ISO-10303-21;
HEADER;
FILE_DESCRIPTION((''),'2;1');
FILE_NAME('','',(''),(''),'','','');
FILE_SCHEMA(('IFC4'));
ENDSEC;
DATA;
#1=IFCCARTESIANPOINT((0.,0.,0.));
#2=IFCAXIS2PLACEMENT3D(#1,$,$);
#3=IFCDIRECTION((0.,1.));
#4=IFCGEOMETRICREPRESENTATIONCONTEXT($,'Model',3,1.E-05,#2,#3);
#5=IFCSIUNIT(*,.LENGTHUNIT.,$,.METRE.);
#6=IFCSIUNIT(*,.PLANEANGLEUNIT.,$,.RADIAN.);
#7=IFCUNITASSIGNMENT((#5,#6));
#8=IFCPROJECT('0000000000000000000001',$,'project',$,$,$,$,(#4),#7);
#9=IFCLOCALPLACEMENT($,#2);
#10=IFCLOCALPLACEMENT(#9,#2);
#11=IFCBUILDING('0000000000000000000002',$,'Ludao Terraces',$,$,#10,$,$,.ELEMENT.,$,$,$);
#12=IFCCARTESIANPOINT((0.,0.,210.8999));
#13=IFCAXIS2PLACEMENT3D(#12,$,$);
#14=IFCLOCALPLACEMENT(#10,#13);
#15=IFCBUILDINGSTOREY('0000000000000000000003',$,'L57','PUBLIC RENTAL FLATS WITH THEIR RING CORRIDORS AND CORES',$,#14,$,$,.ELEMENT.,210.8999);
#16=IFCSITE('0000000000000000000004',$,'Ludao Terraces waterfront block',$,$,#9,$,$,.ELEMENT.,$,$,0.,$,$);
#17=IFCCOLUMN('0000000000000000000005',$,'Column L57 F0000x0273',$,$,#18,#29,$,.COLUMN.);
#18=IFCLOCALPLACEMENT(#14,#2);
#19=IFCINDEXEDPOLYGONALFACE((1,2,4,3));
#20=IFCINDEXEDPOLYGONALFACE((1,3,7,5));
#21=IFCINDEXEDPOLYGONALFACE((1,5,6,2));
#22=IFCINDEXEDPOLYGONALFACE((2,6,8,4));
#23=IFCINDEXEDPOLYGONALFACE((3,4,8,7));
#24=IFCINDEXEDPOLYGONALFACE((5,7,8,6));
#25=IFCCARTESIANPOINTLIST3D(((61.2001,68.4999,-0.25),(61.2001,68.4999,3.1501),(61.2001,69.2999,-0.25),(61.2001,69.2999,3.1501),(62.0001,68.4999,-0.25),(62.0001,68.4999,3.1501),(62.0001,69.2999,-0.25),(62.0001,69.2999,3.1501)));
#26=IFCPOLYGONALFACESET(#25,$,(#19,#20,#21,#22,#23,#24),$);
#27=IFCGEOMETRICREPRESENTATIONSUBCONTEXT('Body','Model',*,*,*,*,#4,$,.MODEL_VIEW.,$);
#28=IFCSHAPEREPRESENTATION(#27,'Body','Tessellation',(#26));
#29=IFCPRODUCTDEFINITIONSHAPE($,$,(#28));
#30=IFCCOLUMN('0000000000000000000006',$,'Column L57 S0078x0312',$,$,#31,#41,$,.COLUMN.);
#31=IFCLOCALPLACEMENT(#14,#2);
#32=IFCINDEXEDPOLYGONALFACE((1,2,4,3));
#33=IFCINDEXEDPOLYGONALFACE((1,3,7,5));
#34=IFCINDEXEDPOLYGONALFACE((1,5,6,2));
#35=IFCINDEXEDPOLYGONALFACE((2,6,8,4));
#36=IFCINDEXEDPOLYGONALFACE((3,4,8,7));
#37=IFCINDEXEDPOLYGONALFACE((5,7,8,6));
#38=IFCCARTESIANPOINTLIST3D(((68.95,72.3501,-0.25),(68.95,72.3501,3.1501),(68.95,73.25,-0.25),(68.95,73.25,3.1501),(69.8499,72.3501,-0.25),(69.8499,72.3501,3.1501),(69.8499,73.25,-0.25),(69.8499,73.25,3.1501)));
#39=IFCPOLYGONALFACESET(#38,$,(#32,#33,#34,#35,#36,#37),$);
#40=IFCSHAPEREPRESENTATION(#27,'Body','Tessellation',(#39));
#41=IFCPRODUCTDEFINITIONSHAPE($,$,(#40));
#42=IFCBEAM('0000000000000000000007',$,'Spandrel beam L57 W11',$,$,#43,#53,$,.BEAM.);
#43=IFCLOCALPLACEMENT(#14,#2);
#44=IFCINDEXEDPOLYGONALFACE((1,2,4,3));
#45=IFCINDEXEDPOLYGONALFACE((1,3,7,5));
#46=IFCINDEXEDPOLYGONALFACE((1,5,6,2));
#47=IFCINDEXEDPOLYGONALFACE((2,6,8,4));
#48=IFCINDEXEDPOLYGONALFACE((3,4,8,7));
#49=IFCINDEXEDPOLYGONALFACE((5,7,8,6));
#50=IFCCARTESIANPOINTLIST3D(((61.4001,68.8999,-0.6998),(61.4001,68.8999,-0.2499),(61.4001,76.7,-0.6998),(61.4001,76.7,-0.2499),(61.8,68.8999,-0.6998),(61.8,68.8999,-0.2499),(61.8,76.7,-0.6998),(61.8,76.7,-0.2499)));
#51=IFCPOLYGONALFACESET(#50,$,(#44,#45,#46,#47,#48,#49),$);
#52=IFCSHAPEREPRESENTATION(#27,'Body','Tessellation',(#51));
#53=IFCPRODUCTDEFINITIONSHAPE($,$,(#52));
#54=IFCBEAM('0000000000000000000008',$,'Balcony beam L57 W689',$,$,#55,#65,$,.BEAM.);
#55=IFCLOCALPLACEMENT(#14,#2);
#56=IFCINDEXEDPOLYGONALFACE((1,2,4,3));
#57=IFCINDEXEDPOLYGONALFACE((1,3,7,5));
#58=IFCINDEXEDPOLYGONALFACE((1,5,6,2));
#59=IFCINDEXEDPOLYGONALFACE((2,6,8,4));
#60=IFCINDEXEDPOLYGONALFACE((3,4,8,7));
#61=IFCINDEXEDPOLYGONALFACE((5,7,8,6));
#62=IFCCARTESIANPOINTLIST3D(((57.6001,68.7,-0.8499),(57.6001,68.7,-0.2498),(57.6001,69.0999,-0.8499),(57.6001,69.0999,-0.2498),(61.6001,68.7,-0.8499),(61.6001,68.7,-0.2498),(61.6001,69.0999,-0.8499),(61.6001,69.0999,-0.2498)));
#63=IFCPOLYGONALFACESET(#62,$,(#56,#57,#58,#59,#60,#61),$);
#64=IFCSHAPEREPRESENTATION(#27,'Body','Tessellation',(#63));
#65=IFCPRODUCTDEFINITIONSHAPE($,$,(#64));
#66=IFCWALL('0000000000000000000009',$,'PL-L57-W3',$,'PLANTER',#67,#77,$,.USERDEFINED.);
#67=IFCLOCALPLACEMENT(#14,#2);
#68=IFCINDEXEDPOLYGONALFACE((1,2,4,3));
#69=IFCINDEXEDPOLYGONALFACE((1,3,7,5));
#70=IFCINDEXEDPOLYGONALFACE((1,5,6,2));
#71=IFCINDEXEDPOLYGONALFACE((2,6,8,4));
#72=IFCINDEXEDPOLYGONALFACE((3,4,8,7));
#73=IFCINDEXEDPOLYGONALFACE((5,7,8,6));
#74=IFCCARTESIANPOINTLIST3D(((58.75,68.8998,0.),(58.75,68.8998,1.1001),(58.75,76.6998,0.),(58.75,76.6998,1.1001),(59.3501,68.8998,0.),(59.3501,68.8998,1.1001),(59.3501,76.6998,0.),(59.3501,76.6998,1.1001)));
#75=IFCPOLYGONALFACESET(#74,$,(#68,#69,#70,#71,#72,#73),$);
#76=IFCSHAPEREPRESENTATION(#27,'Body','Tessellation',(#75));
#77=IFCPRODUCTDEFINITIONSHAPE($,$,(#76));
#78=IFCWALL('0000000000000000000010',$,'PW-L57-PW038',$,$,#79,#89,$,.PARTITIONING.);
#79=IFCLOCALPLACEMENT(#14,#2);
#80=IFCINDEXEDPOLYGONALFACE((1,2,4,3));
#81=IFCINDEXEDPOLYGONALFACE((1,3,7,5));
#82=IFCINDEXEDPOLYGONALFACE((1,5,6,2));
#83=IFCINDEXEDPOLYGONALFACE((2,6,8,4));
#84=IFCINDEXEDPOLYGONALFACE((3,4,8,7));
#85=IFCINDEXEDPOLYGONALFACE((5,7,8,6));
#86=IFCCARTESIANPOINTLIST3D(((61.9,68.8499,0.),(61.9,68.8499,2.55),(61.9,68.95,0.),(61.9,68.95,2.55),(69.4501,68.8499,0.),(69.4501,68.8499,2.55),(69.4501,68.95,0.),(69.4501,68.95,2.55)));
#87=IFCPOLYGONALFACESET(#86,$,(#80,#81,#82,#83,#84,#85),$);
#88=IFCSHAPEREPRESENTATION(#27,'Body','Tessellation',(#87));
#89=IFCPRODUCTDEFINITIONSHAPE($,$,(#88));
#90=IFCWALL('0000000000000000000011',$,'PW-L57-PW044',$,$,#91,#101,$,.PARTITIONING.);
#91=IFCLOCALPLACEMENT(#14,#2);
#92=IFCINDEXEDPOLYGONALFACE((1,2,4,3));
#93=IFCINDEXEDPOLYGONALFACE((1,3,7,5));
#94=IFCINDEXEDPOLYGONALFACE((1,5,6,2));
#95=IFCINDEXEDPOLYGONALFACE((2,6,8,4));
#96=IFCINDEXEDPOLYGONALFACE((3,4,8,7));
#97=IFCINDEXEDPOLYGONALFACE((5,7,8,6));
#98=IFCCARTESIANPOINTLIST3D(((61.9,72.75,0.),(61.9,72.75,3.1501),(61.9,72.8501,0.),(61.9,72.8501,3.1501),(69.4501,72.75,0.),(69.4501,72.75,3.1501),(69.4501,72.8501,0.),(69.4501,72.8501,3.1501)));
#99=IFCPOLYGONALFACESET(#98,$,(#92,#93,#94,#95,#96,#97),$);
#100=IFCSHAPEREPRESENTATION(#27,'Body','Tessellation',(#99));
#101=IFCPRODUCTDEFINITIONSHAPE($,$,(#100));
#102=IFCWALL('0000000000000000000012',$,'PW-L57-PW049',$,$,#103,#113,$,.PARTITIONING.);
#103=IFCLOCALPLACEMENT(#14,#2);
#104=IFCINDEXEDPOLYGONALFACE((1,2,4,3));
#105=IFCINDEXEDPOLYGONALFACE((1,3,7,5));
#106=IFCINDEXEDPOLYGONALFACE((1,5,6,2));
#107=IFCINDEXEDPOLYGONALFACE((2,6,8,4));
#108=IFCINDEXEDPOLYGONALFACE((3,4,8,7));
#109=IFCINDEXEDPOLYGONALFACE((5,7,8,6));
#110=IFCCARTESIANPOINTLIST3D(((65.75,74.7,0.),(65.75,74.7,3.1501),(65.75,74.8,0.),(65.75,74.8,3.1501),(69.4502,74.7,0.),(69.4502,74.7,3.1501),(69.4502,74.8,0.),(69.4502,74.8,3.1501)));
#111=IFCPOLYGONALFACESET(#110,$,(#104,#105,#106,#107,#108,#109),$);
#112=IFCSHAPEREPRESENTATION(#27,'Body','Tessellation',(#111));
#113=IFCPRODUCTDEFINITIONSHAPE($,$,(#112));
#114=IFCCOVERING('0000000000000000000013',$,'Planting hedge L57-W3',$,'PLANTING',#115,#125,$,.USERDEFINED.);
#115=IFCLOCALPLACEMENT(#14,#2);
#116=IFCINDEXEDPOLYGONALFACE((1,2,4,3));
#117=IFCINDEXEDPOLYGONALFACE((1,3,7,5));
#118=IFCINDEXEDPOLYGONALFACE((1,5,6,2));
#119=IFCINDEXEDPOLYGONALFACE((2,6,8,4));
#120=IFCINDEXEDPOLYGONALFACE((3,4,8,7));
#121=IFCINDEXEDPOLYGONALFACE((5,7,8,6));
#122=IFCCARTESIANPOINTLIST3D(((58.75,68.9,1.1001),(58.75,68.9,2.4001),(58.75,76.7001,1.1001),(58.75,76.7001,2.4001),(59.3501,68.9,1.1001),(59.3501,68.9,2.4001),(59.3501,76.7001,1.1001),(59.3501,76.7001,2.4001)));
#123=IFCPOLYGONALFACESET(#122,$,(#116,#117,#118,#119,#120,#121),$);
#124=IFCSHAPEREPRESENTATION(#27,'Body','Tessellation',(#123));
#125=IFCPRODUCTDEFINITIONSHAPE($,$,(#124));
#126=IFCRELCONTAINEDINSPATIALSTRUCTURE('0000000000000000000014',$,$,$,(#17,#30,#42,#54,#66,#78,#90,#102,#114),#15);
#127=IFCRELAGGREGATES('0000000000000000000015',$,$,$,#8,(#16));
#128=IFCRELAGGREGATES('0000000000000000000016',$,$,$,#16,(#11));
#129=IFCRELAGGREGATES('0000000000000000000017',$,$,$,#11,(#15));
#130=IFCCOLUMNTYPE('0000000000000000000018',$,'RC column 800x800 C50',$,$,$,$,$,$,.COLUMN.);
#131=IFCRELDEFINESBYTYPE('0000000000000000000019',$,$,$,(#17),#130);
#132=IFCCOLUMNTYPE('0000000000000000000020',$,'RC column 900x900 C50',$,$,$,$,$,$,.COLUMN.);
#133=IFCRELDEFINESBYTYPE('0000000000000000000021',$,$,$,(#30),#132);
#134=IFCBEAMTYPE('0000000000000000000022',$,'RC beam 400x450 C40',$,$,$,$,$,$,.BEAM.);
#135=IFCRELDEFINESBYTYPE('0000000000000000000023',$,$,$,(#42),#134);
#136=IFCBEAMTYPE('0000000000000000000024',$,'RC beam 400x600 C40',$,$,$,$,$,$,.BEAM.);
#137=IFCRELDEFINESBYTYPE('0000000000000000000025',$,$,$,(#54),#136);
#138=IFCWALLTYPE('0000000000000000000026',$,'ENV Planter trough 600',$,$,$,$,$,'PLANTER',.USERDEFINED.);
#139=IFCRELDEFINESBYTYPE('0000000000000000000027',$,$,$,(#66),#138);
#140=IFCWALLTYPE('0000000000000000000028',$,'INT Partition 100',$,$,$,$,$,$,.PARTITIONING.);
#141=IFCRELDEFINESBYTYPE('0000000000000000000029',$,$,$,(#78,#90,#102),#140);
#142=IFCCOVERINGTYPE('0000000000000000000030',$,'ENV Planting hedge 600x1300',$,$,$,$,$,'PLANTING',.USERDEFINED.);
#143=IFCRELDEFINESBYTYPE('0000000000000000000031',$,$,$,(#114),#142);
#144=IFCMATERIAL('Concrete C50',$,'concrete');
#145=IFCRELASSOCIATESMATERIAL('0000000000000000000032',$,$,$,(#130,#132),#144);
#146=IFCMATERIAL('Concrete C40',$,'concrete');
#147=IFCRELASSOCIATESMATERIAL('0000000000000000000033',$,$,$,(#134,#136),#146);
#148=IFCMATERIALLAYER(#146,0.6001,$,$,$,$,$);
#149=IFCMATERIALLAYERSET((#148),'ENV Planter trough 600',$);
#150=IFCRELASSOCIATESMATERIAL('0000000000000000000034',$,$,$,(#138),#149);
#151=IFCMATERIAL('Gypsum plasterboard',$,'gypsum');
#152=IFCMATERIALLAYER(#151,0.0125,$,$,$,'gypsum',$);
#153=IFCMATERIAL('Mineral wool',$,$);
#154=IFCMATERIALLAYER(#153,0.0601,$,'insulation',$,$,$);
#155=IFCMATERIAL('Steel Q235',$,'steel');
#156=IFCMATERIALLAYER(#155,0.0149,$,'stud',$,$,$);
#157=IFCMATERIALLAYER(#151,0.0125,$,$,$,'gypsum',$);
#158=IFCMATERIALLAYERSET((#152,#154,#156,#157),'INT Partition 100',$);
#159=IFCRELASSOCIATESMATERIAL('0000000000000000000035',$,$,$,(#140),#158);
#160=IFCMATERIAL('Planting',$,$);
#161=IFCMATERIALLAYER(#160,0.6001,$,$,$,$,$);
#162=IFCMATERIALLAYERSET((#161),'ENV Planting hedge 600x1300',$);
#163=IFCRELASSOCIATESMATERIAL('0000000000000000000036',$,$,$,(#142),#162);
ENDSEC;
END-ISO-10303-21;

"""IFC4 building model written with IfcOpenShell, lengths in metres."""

from ifc_helpers import new_model, si_unit, direction, frame, frame_2d, origin, origin_2d, place, context, subcontext, project, spatial, rectangle, extrude, material, layer, layer_set, material_profile, profile_set, type_object, element, save


model = new_model("IFC4")

# Units and contexts
model_context = context("Model", 3, precision=1e-05, world=origin(), true_north=direction((0.0, 1.0)))
body_context = subcontext(model_context, "Body", "Model", "MODEL_VIEW")
ifc_project = project(units=[si_unit("LENGTHUNIT", "METRE"), si_unit("PLANEANGLEUNIT", "RADIAN")], contexts=[model_context])

# Site, building, storey
site_placement = place(None, origin())
site = spatial("IfcSite", under=ifc_project, at=site_placement, Name="Ludao Terraces waterfront block", CompositionType="ELEMENT", RefElevation=0.0)
building_placement = place(site_placement, origin())
building = spatial("IfcBuilding", under=site, at=building_placement, Name="Ludao Terraces", CompositionType="ELEMENT")
storey_placement = place(building_placement, frame((0.0, 0.0, 210.8999)))
storey = spatial("IfcBuildingStorey", under=building, at=storey_placement, Name="L57", Description="PUBLIC RENTAL FLATS WITH THEIR RING CORRIDORS AND CORES", CompositionType="ELEMENT", Elevation=210.8999)

# Columns
ifc_material_1 = material(Name="Concrete C50", Category="concrete")
ifc_material_profile_1 = material_profile(ifc_material_1, rectangle(XDim=0.8, YDim=0.8, at=origin_2d()), Name="800 X 800")
ifc_profile_set_1 = profile_set([ifc_material_profile_1], Name="Concrete C50")
column_type_1 = type_object("IfcColumnType", Name="RC column 800x800 C50", PredefinedType="COLUMN", material=ifc_profile_set_1)
column_1_placement = place(storey_placement, frame((61.6001, 68.8999, -0.25), z_axis=(0.0, 0.0, 1.0), x_axis=(1.0, 0.0, 0.0)))
element("IfcColumn", 1, at=column_1_placement, inside=storey, type_object=column_type_1, Name="Column L57 F0000x0273", PredefinedType="COLUMN", context=body_context, shape_type="SweptSolid", body=[
    extrude(rectangle(XDim=0.8, YDim=0.8, at=origin_2d()), origin(), (0.0, 0.0, 1.0), 3.4001),
])
ifc_material_profile_2 = material_profile(ifc_material_1, rectangle(XDim=0.8999, YDim=0.8999, at=origin_2d()), Name="900 X 900")
ifc_profile_set_2 = profile_set([ifc_material_profile_2], Name="Concrete C50")
column_type_2 = type_object("IfcColumnType", Name="RC column 900x900 C50", PredefinedType="COLUMN", material=ifc_profile_set_2)
column_2_placement = place(storey_placement, frame((69.3999, 72.8, -0.25), z_axis=(0.0, 0.0, 1.0), x_axis=(1.0, 0.0, 0.0)))
element("IfcColumn", 2, at=column_2_placement, inside=storey, type_object=column_type_2, Name="Column L57 S0078x0312", PredefinedType="COLUMN", context=body_context, shape_type="SweptSolid", body=[
    extrude(rectangle(XDim=0.8999, YDim=0.8999, at=origin_2d()), origin(), (0.0, 0.0, 1.0), 3.4001),
])

# Beams
ifc_material_2 = material(Name="Concrete C40", Category="concrete")
ifc_material_profile_3 = material_profile(ifc_material_2, rectangle(XDim=0.3999, YDim=0.45, at=origin_2d()), Name="400 X 450")
ifc_profile_set_3 = profile_set([ifc_material_profile_3], Name="Concrete C40")
beam_type_1 = type_object("IfcBeamType", Name="RC beam 400x450 C40", PredefinedType="BEAM", material=ifc_profile_set_3)
beam_1_placement = place(storey_placement, frame((61.6001, 68.8999, -0.4749), z_axis=(0.0, 1.0, 0.0), x_axis=(-1.0, 0.0, 0.0)))
element("IfcBeam", 3, at=beam_1_placement, inside=storey, type_object=beam_type_1, Name="Spandrel beam L57 W11", PredefinedType="BEAM", context=body_context, shape_type="SweptSolid", body=[
    extrude(rectangle(XDim=0.3999, YDim=0.45, at=origin_2d()), origin(), (0.0, 0.0, 1.0), 7.8),
])
ifc_material_profile_4 = material_profile(ifc_material_2, rectangle(XDim=0.3999, YDim=0.6001, at=origin_2d()), Name="400 X 600")
ifc_profile_set_4 = profile_set([ifc_material_profile_4], Name="Concrete C40")
beam_type_2 = type_object("IfcBeamType", Name="RC beam 400x600 C40", PredefinedType="BEAM", material=ifc_profile_set_4)
beam_2_placement = place(storey_placement, frame((61.6001, 68.8999, -0.5498), z_axis=(-1.0, 0.0, 0.0), x_axis=(0.0, -1.0, 0.0)))
element("IfcBeam", 4, at=beam_2_placement, inside=storey, type_object=beam_type_2, Name="Balcony beam L57 W689", PredefinedType="BEAM", context=body_context, shape_type="SweptSolid", body=[
    extrude(rectangle(XDim=0.3999, YDim=0.6001, at=origin_2d()), origin(), (0.0, 0.0, 1.0), 4.0),
])

# Wall
ifc_layer_1 = layer(ifc_material_2, 0.6001)
ifc_layer_set_1 = layer_set([ifc_layer_1], Name="ENV Planter trough 600")
wall_type_1 = type_object("IfcWallType", Name="ENV Planter trough 600", ElementType="PLANTER", PredefinedType="USERDEFINED", material=ifc_layer_set_1)
wall_1_placement = place(storey_placement, frame((59.05, 68.8999, 0.0), z_axis=(0.0, 0.0, 1.0), x_axis=(0.0, 1.0, 0.0)))
element("IfcWall", 5, at=wall_1_placement, inside=storey, type_object=wall_type_1, Name="PL-L57-W3", ObjectType="PLANTER", PredefinedType="USERDEFINED", context=body_context, shape_type="SweptSolid", body=[
    extrude(rectangle(XDim=7.8, YDim=0.6001, at=frame_2d((3.8999, 0.0))), origin(), (0.0, 0.0, 1.0), 1.1001),
])

# Shared definitions
ifc_material_3 = material(Name="Mineral wool")

# Walls
ifc_material_4 = material(Name="Gypsum plasterboard", Category="gypsum")
ifc_layer_2 = layer(ifc_material_4, 0.0125, Category="gypsum")
ifc_layer_3 = layer(ifc_material_3, 0.0601, Name="insulation")
ifc_material_5 = material(Name="Steel Q235", Category="steel")
ifc_layer_4 = layer(ifc_material_5, 0.0149, Name="stud")
ifc_layer_5 = layer(ifc_material_4, 0.0125, Category="gypsum")
ifc_layer_set_2 = layer_set([ifc_layer_2, ifc_layer_3, ifc_layer_4, ifc_layer_5], Name="INT Partition 100")
wall_type_2 = type_object("IfcWallType", Name="INT Partition 100", PredefinedType="PARTITIONING", material=ifc_layer_set_2)
wall_2_placement = place(storey_placement, frame((61.9001, 68.8999, 0.0), z_axis=(0.0, 0.0, 1.0), x_axis=(1.0, 0.0, 0.0)))
element("IfcWall", 6, at=wall_2_placement, inside=storey, type_object=wall_type_2, Name="PW-L57-PW038", PredefinedType="PARTITIONING", context=body_context, shape_type="SweptSolid", body=[
    extrude(rectangle(XDim=7.55, YDim=0.1001, at=frame_2d((3.7749, 0.0))), origin(), (0.0, 0.0, 1.0), 2.55),
])
wall_3_placement = place(storey_placement, frame((61.9001, 72.8, 0.0), z_axis=(0.0, 0.0, 1.0), x_axis=(1.0, 0.0, 0.0)))
element("IfcWall", 7, at=wall_3_placement, inside=storey, type_object=wall_type_2, Name="PW-L57-PW044", PredefinedType="PARTITIONING", context=body_context, shape_type="SweptSolid", body=[
    extrude(rectangle(XDim=7.55, YDim=0.1001, at=frame_2d((3.7749, 0.0))), origin(), (0.0, 0.0, 1.0), 3.1501),
])
wall_4_placement = place(storey_placement, frame((65.75, 74.75, 0.0), z_axis=(0.0, 0.0, 1.0), x_axis=(1.0, 0.0, 0.0)))
element("IfcWall", 8, at=wall_4_placement, inside=storey, type_object=wall_type_2, Name="PW-L57-PW049", PredefinedType="PARTITIONING", context=body_context, shape_type="SweptSolid", body=[
    extrude(rectangle(XDim=3.7002, YDim=0.1001, at=frame_2d((1.8501, 0.0))), origin(), (0.0, 0.0, 1.0), 3.1501),
])

# Covering
ifc_material_6 = material(Name="Planting")
ifc_layer_6 = layer(ifc_material_6, 0.6001)
ifc_layer_set_3 = layer_set([ifc_layer_6], Name="ENV Planting hedge 600x1300")
covering_type = type_object("IfcCoveringType", Name="ENV Planting hedge 600x1300", ElementType="PLANTING", PredefinedType="USERDEFINED", material=ifc_layer_set_3)
covering_placement = place(storey_placement, frame((59.05, 72.8, 1.1001), z_axis=(0.0, 0.0, 1.0), x_axis=(1.0, 0.0, 0.0)))
element("IfcCovering", 9, at=covering_placement, inside=storey, type_object=covering_type, Name="Planting hedge L57-W3", ObjectType="PLANTING", PredefinedType="USERDEFINED", context=body_context, shape_type="SweptSolid", body=[
    extrude(rectangle(XDim=0.6001, YDim=7.8, at=origin_2d()), origin(), (0.0, 0.0, 1.0), 1.3),
])

save(model, "model.ifc")
